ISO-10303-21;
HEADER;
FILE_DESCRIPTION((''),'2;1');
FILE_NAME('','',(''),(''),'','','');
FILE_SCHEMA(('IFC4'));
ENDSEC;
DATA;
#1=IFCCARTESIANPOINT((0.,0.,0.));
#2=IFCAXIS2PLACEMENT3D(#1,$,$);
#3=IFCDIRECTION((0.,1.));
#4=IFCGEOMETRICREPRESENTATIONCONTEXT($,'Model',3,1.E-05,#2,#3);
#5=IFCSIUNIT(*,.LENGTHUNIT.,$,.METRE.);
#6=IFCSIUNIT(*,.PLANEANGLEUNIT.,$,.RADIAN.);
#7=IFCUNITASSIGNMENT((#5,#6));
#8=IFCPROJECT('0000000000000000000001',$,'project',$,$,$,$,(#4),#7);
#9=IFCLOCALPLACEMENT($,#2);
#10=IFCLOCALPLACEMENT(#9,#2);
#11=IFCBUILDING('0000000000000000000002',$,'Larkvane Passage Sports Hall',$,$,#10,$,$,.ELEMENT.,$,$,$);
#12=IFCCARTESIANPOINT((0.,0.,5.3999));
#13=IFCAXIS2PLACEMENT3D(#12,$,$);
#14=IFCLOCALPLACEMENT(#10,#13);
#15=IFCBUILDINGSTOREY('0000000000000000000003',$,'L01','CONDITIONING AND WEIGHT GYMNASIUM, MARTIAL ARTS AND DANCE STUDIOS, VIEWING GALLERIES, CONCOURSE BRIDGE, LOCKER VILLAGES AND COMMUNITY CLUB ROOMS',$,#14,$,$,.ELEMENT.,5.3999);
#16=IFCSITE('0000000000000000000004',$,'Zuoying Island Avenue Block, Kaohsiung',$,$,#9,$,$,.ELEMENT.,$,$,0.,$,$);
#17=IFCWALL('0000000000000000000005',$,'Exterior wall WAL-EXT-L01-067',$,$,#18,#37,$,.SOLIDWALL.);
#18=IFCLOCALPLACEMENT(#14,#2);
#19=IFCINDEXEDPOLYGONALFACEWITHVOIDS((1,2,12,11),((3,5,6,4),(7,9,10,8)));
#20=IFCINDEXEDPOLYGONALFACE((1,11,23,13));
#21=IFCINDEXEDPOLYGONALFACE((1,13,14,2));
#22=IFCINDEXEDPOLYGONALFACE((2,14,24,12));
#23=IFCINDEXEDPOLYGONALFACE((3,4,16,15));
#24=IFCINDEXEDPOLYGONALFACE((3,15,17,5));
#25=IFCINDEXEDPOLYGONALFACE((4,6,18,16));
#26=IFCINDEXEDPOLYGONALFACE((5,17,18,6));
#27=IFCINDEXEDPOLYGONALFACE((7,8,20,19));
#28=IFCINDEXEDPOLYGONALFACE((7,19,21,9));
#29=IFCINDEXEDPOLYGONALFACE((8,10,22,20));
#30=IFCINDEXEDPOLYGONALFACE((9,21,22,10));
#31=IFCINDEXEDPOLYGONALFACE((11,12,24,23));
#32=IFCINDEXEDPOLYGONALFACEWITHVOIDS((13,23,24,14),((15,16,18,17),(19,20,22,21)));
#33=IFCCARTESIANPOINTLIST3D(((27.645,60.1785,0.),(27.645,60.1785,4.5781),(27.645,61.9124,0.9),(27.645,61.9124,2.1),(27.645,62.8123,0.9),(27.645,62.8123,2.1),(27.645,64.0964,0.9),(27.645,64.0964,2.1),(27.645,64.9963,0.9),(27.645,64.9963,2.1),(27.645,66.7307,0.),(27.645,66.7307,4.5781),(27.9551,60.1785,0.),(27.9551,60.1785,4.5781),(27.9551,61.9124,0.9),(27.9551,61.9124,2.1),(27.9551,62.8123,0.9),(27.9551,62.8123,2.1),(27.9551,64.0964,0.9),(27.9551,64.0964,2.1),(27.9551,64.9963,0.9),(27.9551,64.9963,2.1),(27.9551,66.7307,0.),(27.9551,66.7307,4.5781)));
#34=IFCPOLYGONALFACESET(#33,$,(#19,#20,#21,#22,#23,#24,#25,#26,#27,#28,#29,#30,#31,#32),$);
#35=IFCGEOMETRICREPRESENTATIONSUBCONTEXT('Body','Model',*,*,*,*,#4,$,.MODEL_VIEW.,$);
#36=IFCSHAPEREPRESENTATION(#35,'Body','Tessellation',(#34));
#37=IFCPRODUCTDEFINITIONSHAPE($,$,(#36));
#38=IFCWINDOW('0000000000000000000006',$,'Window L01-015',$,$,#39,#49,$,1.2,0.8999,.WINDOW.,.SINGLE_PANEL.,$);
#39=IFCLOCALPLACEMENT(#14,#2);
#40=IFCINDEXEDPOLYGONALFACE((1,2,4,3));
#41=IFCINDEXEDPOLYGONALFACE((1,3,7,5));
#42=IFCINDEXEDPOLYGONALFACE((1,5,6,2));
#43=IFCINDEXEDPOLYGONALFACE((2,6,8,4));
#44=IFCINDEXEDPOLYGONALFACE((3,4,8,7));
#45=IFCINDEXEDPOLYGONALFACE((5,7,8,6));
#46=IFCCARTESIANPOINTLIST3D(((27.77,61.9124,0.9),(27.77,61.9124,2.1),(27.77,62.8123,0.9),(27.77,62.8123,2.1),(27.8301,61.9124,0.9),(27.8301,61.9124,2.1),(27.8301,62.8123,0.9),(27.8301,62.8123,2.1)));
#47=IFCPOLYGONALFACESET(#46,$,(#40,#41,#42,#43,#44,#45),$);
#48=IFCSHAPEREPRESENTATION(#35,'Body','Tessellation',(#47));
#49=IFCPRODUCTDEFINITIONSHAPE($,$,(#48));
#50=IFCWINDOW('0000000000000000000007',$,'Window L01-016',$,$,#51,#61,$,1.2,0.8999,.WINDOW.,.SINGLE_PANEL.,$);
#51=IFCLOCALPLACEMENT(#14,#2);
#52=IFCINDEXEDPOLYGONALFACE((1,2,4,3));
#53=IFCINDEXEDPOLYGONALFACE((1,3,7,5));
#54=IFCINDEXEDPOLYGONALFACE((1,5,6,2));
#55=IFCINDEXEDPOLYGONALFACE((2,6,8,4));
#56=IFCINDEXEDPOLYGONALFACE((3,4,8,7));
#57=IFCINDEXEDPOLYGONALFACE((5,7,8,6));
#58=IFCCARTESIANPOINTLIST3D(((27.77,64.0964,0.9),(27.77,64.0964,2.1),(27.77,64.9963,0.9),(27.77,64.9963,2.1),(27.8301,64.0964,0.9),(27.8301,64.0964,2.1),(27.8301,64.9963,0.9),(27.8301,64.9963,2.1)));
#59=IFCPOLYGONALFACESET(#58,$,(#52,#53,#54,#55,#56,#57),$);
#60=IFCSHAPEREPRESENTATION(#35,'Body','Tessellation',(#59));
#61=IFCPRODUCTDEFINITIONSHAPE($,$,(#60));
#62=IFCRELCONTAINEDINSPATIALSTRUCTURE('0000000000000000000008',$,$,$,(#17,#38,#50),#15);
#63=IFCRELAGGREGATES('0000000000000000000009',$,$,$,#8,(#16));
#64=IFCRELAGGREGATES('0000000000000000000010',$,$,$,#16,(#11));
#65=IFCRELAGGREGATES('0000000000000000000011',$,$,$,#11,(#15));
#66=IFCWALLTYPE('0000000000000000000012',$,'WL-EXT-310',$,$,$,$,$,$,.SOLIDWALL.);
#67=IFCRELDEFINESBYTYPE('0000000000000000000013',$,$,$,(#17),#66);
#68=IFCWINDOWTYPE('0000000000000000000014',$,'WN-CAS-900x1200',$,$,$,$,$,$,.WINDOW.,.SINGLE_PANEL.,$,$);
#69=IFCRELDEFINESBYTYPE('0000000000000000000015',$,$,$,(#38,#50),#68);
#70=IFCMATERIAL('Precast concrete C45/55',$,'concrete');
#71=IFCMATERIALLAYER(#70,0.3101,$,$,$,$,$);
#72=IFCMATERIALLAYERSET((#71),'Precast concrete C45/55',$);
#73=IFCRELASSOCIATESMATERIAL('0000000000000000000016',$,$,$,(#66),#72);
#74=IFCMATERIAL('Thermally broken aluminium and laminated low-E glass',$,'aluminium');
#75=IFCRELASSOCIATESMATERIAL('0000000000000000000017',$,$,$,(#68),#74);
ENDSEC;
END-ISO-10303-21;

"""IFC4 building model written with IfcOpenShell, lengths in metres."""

from ifc_helpers import new_model, si_unit, direction, frame, frame_2d, origin, place, context, subcontext, project, spatial, rectangle, extrude, material, layer, layer_set, type_object, element, fill, save


model = new_model("IFC4")

# Units and contexts
model_context = context("Model", 3, precision=1e-05, world=origin(), true_north=direction((0.0, 1.0)))
body_context = subcontext(model_context, "Body", "Model", "MODEL_VIEW")
ifc_project = project(units=[si_unit("LENGTHUNIT", "METRE"), si_unit("PLANEANGLEUNIT", "RADIAN")], contexts=[model_context])

# Site, building, storey
site_placement = place(None, origin())
site = spatial("IfcSite", under=ifc_project, at=site_placement, Name="Zuoying Island Avenue Block, Kaohsiung", CompositionType="ELEMENT", RefElevation=0.0)
building_placement = place(site_placement, origin())
building = spatial("IfcBuilding", under=site, at=building_placement, Name="Larkvane Passage Sports Hall", CompositionType="ELEMENT")
storey_placement = place(building_placement, frame((0.0, 0.0, 5.3999)))
storey = spatial("IfcBuildingStorey", under=building, at=storey_placement, Name="L01", Description="CONDITIONING AND WEIGHT GYMNASIUM, MARTIAL ARTS AND DANCE STUDIOS, VIEWING GALLERIES, CONCOURSE BRIDGE, LOCKER VILLAGES AND COMMUNITY CLUB ROOMS", CompositionType="ELEMENT", Elevation=5.3999)

# Wall, openings, windows
ifc_material_1 = material(Name="Precast concrete C45/55", Category="concrete")
ifc_layer_1 = layer(ifc_material_1, 0.3101)
ifc_layer_set_1 = layer_set([ifc_layer_1], Name="Precast concrete C45/55")
wall_type = type_object("IfcWallType", Name="WL-EXT-310", PredefinedType="SOLIDWALL", material=ifc_layer_set_1)
wall_placement = place(storey_placement, frame((27.8, 60.1785, 0.0), z_axis=(0.0, 0.0, 1.0), x_axis=(0.0, 1.0, 0.0)))
wall = element("IfcWall", 1, at=wall_placement, inside=storey, type_object=wall_type, Name="Exterior wall WAL-EXT-L01-067", PredefinedType="SOLIDWALL", context=body_context, shape_type="SweptSolid", body=[
    extrude(rectangle(XDim=6.5522, YDim=0.3101, at=frame_2d((3.2761, 0.0))), origin(), (0.0, 0.0, 1.0), 4.5781),
])
opening_1_placement = place(wall_placement, frame((1.7339, 0.0, 0.8999)))
opening_1 = element("IfcOpeningElement", 2, at=opening_1_placement, cuts=wall, PredefinedType="OPENING", context=body_context, shape_type="SweptSolid", body=[
    extrude(rectangle(XDim=0.8999, YDim=1.2, at=frame_2d((0.45, 0.6001))), frame((0.0, 0.165, 0.0), z_axis=(0.0, -1.0, 0.0), x_axis=(1.0, 0.0, 0.0)), (0.0, 0.0, 1.0), 0.3301),
])
opening_2_placement = place(wall_placement, frame((3.918, 0.0, 0.8999)))
opening_2 = element("IfcOpeningElement", 3, at=opening_2_placement, cuts=wall, PredefinedType="OPENING", context=body_context, shape_type="SweptSolid", body=[
    extrude(rectangle(XDim=0.8999, YDim=1.2, at=frame_2d((0.45, 0.6001))), frame((0.0, 0.165, 0.0), z_axis=(0.0, -1.0, 0.0), x_axis=(1.0, 0.0, 0.0)), (0.0, 0.0, 1.0), 0.3301),
])
ifc_material_2 = material(Name="Thermally broken aluminium and laminated low-E glass", Category="aluminium")
window_type = type_object("IfcWindowType", Name="WN-CAS-900x1200", PartitioningType="SINGLE_PANEL", PredefinedType="WINDOW", material=ifc_material_2)
window_1_placement = place(opening_1_placement, origin())
window_1 = element("IfcWindow", 4, at=window_1_placement, inside=storey, type_object=window_type, Name="Window L01-015", OverallHeight=1.2, OverallWidth=0.8999, PartitioningType="SINGLE_PANEL", PredefinedType="WINDOW", context=body_context, shape_type="SweptSolid", body=[
    extrude(rectangle(XDim=0.8999, YDim=1.2, at=frame_2d((0.45, 0.6001))), frame((0.0, 0.03, 0.0), z_axis=(0.0, -1.0, 0.0), x_axis=(1.0, 0.0, 0.0)), (0.0, 0.0, 1.0), 0.0601),
])
fill(opening_1, window_1)
window_2_placement = place(opening_2_placement, origin())
window_2 = element("IfcWindow", 5, at=window_2_placement, inside=storey, type_object=window_type, Name="Window L01-016", OverallHeight=1.2, OverallWidth=0.8999, PartitioningType="SINGLE_PANEL", PredefinedType="WINDOW", context=body_context, shape_type="SweptSolid", body=[
    extrude(rectangle(XDim=0.8999, YDim=1.2, at=frame_2d((0.45, 0.6001))), frame((0.0, 0.03, 0.0), z_axis=(0.0, -1.0, 0.0), x_axis=(1.0, 0.0, 0.0)), (0.0, 0.0, 1.0), 0.0601),
])
fill(opening_2, window_2)

save(model, "model.ifc")
